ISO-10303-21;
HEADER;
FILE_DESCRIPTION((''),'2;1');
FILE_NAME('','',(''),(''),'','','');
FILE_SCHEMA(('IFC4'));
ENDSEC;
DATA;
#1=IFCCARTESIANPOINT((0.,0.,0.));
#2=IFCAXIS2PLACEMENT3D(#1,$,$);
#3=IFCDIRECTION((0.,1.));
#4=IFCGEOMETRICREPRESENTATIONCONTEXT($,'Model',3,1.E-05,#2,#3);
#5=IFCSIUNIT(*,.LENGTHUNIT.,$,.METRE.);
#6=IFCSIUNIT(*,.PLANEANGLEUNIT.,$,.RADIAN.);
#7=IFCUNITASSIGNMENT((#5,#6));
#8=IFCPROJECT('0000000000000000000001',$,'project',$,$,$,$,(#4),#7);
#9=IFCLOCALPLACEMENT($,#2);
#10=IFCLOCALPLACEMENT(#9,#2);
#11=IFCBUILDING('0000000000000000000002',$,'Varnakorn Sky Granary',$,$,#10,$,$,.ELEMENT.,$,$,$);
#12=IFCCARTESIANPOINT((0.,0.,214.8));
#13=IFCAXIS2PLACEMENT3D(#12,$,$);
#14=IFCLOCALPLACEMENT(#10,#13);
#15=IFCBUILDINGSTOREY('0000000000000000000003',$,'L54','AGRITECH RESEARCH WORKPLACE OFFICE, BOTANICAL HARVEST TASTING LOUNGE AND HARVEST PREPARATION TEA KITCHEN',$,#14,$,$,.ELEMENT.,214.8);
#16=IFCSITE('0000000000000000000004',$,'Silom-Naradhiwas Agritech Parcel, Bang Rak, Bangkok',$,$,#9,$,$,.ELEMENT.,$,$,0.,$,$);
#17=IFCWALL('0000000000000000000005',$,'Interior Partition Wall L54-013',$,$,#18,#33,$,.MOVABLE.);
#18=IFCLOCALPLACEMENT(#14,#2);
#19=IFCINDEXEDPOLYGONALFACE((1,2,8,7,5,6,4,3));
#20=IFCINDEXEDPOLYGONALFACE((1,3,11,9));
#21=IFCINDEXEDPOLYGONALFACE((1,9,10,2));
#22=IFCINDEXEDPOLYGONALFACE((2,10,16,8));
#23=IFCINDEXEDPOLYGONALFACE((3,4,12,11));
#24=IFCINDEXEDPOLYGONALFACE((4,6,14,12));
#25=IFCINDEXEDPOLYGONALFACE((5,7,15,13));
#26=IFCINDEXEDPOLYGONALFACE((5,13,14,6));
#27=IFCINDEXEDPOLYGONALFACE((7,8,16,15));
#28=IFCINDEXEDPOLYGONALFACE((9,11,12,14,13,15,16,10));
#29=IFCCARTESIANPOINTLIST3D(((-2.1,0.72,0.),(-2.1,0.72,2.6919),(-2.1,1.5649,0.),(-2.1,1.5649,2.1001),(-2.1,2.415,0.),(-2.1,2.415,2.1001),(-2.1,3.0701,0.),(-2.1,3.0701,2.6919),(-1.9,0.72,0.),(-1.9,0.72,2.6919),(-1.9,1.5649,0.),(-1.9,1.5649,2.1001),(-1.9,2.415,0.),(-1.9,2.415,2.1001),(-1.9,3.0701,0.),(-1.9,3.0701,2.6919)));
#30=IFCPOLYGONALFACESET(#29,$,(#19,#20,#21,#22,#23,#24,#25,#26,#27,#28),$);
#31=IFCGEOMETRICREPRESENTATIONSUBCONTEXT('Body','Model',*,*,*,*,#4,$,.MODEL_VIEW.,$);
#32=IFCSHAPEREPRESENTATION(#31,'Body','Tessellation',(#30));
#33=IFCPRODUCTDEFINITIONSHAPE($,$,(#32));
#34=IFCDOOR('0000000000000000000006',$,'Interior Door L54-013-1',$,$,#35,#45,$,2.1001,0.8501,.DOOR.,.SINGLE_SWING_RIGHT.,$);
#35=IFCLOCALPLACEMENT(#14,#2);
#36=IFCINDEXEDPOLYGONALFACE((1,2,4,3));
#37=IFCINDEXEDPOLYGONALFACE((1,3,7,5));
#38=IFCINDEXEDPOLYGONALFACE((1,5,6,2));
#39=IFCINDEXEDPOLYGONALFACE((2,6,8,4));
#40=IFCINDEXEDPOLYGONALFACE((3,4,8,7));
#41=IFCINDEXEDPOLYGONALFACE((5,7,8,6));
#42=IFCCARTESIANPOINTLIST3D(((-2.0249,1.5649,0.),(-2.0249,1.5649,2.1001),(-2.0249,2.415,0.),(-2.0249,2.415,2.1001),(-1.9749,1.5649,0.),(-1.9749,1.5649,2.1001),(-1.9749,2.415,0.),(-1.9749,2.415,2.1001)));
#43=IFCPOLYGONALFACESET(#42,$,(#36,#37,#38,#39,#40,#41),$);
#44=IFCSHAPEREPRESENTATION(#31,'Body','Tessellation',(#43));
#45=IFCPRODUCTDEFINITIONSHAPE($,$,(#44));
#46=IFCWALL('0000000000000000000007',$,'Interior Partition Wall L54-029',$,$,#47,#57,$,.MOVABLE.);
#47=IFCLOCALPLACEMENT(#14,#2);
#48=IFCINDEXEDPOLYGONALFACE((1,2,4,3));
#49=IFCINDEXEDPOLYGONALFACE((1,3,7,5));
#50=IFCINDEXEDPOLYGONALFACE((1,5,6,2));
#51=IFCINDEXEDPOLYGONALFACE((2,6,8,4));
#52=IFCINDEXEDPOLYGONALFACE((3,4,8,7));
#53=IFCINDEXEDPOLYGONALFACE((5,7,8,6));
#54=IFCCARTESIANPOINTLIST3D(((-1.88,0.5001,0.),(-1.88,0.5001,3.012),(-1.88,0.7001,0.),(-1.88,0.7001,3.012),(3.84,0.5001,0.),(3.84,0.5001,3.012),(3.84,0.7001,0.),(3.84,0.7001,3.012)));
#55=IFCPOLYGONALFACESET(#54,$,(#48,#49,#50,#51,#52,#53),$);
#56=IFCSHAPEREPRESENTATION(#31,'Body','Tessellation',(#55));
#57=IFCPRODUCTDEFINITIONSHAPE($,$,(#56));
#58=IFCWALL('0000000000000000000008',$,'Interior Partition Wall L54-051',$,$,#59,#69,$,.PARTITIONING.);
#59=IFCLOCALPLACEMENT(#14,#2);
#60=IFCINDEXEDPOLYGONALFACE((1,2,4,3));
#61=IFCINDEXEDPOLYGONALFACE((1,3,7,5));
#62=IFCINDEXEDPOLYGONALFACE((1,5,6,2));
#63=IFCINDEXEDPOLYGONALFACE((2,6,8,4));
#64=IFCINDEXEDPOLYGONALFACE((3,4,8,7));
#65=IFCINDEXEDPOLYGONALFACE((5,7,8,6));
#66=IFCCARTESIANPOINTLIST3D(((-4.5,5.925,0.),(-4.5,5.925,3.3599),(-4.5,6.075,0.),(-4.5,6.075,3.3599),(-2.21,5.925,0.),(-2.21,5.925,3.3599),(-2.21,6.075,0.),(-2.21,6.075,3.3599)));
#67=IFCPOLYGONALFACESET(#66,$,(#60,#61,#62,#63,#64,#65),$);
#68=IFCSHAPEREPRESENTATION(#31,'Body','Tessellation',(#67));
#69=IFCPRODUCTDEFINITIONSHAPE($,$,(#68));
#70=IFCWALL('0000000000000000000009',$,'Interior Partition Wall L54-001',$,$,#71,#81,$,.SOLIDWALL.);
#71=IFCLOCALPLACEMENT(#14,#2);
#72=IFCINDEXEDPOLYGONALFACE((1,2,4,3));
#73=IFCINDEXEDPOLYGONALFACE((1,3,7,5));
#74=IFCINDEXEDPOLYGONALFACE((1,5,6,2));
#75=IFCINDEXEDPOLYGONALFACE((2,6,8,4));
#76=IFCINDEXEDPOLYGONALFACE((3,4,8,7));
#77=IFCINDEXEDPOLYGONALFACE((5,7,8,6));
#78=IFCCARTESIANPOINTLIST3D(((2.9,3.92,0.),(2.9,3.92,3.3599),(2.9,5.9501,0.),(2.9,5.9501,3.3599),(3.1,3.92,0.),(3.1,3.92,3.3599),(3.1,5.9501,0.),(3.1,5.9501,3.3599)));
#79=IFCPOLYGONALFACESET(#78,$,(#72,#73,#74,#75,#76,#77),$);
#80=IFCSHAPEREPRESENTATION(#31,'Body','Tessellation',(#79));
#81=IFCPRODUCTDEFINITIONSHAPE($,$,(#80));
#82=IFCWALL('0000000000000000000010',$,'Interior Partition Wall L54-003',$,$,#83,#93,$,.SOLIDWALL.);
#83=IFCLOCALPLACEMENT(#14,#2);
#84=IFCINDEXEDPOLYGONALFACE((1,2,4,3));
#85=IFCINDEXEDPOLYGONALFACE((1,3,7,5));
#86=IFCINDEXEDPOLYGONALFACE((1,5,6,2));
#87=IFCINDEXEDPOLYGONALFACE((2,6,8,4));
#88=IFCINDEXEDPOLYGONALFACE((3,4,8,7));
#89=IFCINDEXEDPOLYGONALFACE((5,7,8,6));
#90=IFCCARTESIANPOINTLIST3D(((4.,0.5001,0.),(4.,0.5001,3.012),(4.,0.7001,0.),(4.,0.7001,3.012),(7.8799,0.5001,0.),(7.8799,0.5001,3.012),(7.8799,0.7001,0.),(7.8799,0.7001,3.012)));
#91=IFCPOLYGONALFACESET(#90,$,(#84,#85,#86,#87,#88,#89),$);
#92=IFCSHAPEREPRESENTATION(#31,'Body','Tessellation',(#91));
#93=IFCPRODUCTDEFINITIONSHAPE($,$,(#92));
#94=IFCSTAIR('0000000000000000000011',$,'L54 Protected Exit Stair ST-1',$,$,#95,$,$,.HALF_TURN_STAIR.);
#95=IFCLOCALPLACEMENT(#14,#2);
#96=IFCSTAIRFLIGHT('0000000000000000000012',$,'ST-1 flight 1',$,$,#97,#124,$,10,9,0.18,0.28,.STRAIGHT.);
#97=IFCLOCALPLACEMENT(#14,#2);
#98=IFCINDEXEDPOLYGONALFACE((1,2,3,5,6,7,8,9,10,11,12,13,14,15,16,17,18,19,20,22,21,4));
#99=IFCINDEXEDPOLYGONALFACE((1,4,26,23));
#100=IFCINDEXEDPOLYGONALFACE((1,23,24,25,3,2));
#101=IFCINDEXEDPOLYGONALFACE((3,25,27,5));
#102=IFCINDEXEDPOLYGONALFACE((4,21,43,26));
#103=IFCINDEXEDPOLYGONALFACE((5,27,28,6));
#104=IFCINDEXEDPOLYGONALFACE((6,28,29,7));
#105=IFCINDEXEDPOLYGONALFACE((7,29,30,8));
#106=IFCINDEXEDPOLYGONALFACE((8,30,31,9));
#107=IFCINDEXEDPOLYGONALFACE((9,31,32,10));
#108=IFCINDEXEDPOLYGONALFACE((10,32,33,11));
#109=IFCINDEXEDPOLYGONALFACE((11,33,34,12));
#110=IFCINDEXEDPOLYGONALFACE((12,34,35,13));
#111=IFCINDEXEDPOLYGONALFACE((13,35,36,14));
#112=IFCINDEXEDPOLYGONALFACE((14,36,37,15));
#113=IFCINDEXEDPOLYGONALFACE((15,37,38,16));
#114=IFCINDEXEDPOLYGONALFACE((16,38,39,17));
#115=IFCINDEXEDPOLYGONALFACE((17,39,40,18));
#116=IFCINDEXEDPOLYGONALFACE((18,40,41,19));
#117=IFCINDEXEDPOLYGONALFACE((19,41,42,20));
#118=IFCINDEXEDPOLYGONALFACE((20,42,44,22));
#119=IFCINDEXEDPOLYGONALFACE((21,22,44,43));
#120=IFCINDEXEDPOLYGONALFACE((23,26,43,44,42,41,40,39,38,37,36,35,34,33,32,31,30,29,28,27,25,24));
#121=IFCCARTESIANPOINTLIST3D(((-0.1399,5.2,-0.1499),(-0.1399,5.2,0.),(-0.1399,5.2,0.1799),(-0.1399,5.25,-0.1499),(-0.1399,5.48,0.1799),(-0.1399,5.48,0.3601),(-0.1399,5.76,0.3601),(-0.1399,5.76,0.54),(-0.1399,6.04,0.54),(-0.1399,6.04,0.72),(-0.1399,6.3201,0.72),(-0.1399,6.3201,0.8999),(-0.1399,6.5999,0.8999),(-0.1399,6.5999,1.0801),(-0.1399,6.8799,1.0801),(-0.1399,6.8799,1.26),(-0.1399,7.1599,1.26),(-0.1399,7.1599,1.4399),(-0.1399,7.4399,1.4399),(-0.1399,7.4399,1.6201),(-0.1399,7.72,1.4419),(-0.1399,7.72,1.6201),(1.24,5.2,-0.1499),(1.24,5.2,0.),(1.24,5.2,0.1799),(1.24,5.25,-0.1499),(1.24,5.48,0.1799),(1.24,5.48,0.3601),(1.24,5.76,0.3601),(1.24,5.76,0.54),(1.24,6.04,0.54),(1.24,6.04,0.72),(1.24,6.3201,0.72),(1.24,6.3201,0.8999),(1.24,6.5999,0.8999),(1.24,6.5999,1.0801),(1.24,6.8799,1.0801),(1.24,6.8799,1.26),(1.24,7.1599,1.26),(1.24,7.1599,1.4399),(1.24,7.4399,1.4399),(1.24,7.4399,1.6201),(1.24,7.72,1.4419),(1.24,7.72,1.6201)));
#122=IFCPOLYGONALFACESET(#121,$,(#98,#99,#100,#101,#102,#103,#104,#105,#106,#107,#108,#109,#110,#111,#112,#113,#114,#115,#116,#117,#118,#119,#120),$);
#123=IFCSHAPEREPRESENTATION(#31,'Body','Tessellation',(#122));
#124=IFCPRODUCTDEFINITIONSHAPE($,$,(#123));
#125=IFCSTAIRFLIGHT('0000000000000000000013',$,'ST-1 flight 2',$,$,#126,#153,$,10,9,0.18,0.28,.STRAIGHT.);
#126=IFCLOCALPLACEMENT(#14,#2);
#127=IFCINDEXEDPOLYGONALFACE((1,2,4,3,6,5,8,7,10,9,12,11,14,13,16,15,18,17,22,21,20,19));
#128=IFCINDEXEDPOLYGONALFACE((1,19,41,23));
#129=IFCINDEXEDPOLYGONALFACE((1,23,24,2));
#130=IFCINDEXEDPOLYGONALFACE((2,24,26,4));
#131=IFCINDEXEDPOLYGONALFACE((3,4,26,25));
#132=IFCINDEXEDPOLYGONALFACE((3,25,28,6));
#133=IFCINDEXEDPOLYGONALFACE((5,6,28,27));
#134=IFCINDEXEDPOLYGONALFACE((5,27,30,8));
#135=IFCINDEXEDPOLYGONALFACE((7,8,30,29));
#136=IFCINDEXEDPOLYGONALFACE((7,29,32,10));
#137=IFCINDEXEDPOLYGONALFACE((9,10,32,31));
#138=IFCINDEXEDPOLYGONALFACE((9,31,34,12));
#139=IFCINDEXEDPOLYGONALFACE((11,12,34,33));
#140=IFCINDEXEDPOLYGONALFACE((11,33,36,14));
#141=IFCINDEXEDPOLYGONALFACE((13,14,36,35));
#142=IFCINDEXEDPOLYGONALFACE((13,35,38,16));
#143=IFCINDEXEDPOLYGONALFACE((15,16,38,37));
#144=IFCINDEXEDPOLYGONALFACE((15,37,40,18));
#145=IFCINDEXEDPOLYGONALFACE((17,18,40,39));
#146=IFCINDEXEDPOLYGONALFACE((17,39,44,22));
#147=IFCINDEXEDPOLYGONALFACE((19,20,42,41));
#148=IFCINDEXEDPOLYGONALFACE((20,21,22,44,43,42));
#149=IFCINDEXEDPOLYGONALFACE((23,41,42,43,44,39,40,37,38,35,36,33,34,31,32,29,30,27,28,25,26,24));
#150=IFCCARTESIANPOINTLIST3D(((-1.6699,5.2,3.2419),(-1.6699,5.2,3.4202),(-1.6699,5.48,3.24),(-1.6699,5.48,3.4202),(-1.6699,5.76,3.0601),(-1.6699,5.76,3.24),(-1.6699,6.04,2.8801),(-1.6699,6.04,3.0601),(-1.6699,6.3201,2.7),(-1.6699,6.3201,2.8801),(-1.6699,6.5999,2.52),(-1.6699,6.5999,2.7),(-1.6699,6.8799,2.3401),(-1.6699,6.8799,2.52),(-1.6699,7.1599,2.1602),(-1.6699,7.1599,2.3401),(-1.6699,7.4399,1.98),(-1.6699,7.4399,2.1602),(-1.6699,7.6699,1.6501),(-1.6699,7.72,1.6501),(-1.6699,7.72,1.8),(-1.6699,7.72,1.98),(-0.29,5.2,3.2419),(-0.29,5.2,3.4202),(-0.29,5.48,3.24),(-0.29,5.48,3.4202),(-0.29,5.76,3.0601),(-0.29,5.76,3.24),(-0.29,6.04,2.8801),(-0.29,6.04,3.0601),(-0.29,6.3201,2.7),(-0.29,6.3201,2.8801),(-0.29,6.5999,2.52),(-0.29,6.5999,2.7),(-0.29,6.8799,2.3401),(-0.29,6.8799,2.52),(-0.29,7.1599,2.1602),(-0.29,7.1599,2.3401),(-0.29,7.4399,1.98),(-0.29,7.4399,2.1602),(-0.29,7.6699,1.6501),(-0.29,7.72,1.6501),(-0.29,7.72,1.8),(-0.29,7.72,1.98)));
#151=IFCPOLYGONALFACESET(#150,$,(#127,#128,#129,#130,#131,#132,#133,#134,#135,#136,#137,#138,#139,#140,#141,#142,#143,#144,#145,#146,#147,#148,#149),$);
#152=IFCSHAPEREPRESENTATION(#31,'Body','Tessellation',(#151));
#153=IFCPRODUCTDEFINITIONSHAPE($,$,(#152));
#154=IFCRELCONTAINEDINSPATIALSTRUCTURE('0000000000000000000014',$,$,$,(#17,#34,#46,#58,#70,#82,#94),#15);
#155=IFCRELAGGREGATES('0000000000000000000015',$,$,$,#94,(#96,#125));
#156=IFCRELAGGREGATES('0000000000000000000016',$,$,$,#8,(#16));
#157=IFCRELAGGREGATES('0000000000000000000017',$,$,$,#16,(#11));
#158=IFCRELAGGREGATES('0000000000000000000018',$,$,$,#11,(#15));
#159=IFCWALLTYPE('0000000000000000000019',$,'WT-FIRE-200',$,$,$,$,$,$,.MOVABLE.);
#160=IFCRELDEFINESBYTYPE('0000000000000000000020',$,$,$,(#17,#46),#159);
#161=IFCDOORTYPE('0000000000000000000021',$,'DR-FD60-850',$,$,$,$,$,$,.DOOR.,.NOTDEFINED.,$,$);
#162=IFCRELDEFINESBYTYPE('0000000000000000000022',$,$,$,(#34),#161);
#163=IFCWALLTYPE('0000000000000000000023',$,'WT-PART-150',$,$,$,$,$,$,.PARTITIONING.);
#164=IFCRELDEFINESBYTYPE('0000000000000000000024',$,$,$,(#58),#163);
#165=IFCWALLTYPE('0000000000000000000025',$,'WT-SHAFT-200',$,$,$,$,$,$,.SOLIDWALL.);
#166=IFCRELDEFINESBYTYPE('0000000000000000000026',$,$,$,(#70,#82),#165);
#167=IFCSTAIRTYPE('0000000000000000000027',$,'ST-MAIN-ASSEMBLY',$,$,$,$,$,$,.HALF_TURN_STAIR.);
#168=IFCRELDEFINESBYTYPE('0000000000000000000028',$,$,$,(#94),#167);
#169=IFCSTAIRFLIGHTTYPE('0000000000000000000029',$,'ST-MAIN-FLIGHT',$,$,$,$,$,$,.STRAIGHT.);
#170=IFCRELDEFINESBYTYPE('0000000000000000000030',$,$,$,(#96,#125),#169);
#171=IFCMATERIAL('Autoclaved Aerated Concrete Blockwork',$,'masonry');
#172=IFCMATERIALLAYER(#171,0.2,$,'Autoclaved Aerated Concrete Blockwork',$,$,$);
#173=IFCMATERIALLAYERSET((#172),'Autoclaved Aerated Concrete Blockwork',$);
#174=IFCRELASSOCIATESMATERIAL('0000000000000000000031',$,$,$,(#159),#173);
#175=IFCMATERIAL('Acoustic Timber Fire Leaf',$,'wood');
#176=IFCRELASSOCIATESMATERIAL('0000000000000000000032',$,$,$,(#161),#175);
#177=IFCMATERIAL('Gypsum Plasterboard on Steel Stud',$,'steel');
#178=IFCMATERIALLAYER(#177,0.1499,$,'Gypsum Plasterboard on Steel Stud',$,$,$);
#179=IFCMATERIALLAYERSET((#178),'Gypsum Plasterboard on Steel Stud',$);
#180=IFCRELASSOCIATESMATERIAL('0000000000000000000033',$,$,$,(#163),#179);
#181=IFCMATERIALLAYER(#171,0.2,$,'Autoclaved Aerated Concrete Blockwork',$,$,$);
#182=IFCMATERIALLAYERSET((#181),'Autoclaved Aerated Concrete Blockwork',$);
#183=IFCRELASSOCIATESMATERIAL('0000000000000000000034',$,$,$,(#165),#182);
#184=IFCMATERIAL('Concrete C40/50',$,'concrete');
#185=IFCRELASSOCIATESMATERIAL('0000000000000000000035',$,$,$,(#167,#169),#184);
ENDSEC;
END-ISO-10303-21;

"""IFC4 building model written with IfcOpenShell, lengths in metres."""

from ifc_helpers import new_model, si_unit, direction, frame, frame_2d, origin, place, context, subcontext, project, spatial, polyline, rectangle, outline, extrude, material, layer, layer_set, type_object, element, fill, aggregate, save


model = new_model("IFC4")

# Units and contexts
model_context = context("Model", 3, precision=1e-05, world=origin(), true_north=direction((0.0, 1.0)))
body_context = subcontext(model_context, "Body", "Model", "MODEL_VIEW")
ifc_project = project(units=[si_unit("LENGTHUNIT", "METRE"), si_unit("PLANEANGLEUNIT", "RADIAN")], contexts=[model_context])

# Site, building, storey
site_placement = place(None, origin())
site = spatial("IfcSite", under=ifc_project, at=site_placement, Name="Silom-Naradhiwas Agritech Parcel, Bang Rak, Bangkok", CompositionType="ELEMENT", RefElevation=0.0)
building_placement = place(site_placement, origin())
building = spatial("IfcBuilding", under=site, at=building_placement, Name="Varnakorn Sky Granary", CompositionType="ELEMENT")
storey_placement = place(building_placement, frame((0.0, 0.0, 214.8)))
storey = spatial("IfcBuildingStorey", under=building, at=storey_placement, Name="L54", Description="AGRITECH RESEARCH WORKPLACE OFFICE, BOTANICAL HARVEST TASTING LOUNGE AND HARVEST PREPARATION TEA KITCHEN", CompositionType="ELEMENT", Elevation=214.8)

# Shared definitions
ifc_material_1 = material(Name="Autoclaved Aerated Concrete Blockwork", Category="masonry")
ifc_layer_1 = layer(ifc_material_1, 0.2, Name="Autoclaved Aerated Concrete Blockwork")
ifc_layer_set_1 = layer_set([ifc_layer_1], Name="Autoclaved Aerated Concrete Blockwork")
wall_type_1 = type_object("IfcWallType", Name="WT-FIRE-200", PredefinedType="MOVABLE", material=ifc_layer_set_1)
ifc_material_2 = material(Name="Acoustic Timber Fire Leaf", Category="wood")
door_type_1 = type_object("IfcDoorType", Name="DR-FD60-850", OperationType="NOTDEFINED", PredefinedType="DOOR", material=ifc_material_2)

# Wall, opening, door
wall_1_placement = place(storey_placement, frame((-2.0, 0.72, 0.0), z_axis=(0.0, 0.0, 1.0), x_axis=(0.0, 1.0, 0.0)))
wall_1 = element("IfcWall", 1, at=wall_1_placement, inside=storey, type_object=wall_type_1, Name="Interior Partition Wall L54-013", PredefinedType="MOVABLE", context=body_context, shape_type="SweptSolid", body=[
    extrude(rectangle(XDim=2.3501, YDim=0.2, at=frame_2d((1.175, 0.0))), origin(), (0.0, 0.0, 1.0), 2.6919),
])
opening_1_placement = place(wall_1_placement, frame((0.845, 0.0, 0.0)))
opening_1 = element("IfcOpeningElement", 2, at=opening_1_placement, cuts=wall_1, PredefinedType="OPENING", context=body_context, shape_type="SweptSolid", body=[
    extrude(rectangle(XDim=0.8501, YDim=2.1001, at=frame_2d((0.425, 1.05))), frame((0.0, 0.1099, 0.0), z_axis=(0.0, -1.0, 0.0), x_axis=(1.0, 0.0, 0.0)), (0.0, 0.0, 1.0), 0.22),
])
door_1_placement = place(opening_1_placement, origin())
door_1 = element("IfcDoor", 3, at=door_1_placement, inside=storey, type_object=door_type_1, Name="Interior Door L54-013-1", OperationType="SINGLE_SWING_RIGHT", OverallHeight=2.1001, OverallWidth=0.8501, PredefinedType="DOOR", context=body_context, shape_type="SweptSolid", body=[
    extrude(rectangle(XDim=0.8501, YDim=2.1001, at=frame_2d((0.425, 1.05))), frame((0.0, 0.0249, 0.0), z_axis=(0.0, -1.0, 0.0), x_axis=(1.0, 0.0, 0.0)), (0.0, 0.0, 1.0), 0.05),
])
fill(opening_1, door_1)

# Walls
wall_2_placement = place(storey_placement, frame((-1.8799, 0.6001, 0.0), z_axis=(0.0, 0.0, 1.0), x_axis=(1.0, 0.0, 0.0)))
element("IfcWall", 4, at=wall_2_placement, inside=storey, type_object=wall_type_1, Name="Interior Partition Wall L54-029", PredefinedType="MOVABLE", context=body_context, shape_type="SweptSolid", body=[
    extrude(rectangle(XDim=5.72, YDim=0.2, at=frame_2d((2.8599, 0.0))), origin(), (0.0, 0.0, 1.0), 3.012),
])
ifc_material_3 = material(Name="Gypsum Plasterboard on Steel Stud", Category="steel")
ifc_layer_2 = layer(ifc_material_3, 0.1499, Name="Gypsum Plasterboard on Steel Stud")
ifc_layer_set_2 = layer_set([ifc_layer_2], Name="Gypsum Plasterboard on Steel Stud")
wall_type_2 = type_object("IfcWallType", Name="WT-PART-150", PredefinedType="PARTITIONING", material=ifc_layer_set_2)
wall_3_placement = place(storey_placement, frame((-2.21, 6.0, 0.0), z_axis=(0.0, 0.0, 1.0), x_axis=(-1.0, 0.0, 0.0)))
element("IfcWall", 5, at=wall_3_placement, inside=storey, type_object=wall_type_2, Name="Interior Partition Wall L54-051", PredefinedType="PARTITIONING", context=body_context, shape_type="SweptSolid", body=[
    extrude(rectangle(XDim=2.29, YDim=0.1499, at=frame_2d((1.145, 0.0))), origin(), (0.0, 0.0, 1.0), 3.3599),
])
ifc_layer_3 = layer(ifc_material_1, 0.2, Name="Autoclaved Aerated Concrete Blockwork")
ifc_layer_set_3 = layer_set([ifc_layer_3], Name="Autoclaved Aerated Concrete Blockwork")
wall_type_3 = type_object("IfcWallType", Name="WT-SHAFT-200", PredefinedType="SOLIDWALL", material=ifc_layer_set_3)
wall_4_placement = place(storey_placement, frame((3.0, 3.9199, 0.0), z_axis=(0.0, 0.0, 1.0), x_axis=(0.0, 1.0, 0.0)))
element("IfcWall", 6, at=wall_4_placement, inside=storey, type_object=wall_type_3, Name="Interior Partition Wall L54-001", PredefinedType="SOLIDWALL", context=body_context, shape_type="SweptSolid", body=[
    extrude(rectangle(XDim=2.03, YDim=0.2, at=frame_2d((1.0151, 0.0))), origin(), (0.0, 0.0, 1.0), 3.3599),
])
wall_5_placement = place(storey_placement, frame((4.0, 0.6001, 0.0), z_axis=(0.0, 0.0, 1.0), x_axis=(1.0, 0.0, 0.0)))
element("IfcWall", 7, at=wall_5_placement, inside=storey, type_object=wall_type_3, Name="Interior Partition Wall L54-003", PredefinedType="SOLIDWALL", context=body_context, shape_type="SweptSolid", body=[
    extrude(rectangle(XDim=3.8799, YDim=0.2, at=frame_2d((1.9399, 0.0))), origin(), (0.0, 0.0, 1.0), 3.012),
])

# Stair, stair flights
ifc_material_4 = material(Name="Concrete C40/50", Category="concrete")
stair_type = type_object("IfcStairType", Name="ST-MAIN-ASSEMBLY", PredefinedType="HALF_TURN_STAIR", material=ifc_material_4)
stair_placement = place(storey_placement, origin())
stair = element("IfcStair", 8, at=stair_placement, inside=storey, type_object=stair_type, Name="L54 Protected Exit Stair ST-1", PredefinedType="HALF_TURN_STAIR")
stair_flight_type = type_object("IfcStairFlightType", Name="ST-MAIN-FLIGHT", PredefinedType="STRAIGHT", material=ifc_material_4)
stair_flight_1_placement = place(storey_placement, frame((0.55, 5.2, 0.0), z_axis=(0.0, 0.0, 1.0), x_axis=(0.0, 1.0, 0.0)))
stair_flight_1 = element("IfcStairFlight", 9, at=stair_flight_1_placement, type_object=stair_flight_type, Name="ST-1 flight 1", NumberOfRisers=10, NumberOfTreads=9, PredefinedType="STRAIGHT", RiserHeight=0.18, TreadLength=0.28, context=body_context, shape_type="SweptSolid", body=[
    extrude(outline(polyline([(0.0, -0.1499), (0.0, 0.0), (0.0, 0.1799), (0.28, 0.1799), (0.28, 0.3601), (0.5601, 0.3601), (0.5601, 0.54), (0.8401, 0.54), (0.8401, 0.72), (1.1201, 0.72), (1.1201, 0.8999), (1.3999, 0.8999), (1.3999, 1.0801), (1.6799, 1.0801), (1.6799, 1.26), (1.96, 1.26), (1.96, 1.4399), (2.24, 1.4399), (2.24, 1.6201), (2.52, 1.6201), (2.52, 1.8), (2.52, 1.4419), (0.05, -0.1499), (0.0, -0.1499)])), frame((0.0, 0.6899, 0.0), z_axis=(0.0, -1.0, 0.0), x_axis=(1.0, 0.0, 0.0)), (0.0, 0.0, 1.0), 1.3799),
])
stair_flight_2_placement = place(storey_placement, frame((-0.98, 7.72, 1.8), z_axis=(0.0, 0.0, 1.0), x_axis=(0.0, -1.0, 0.0)))
stair_flight_2 = element("IfcStairFlight", 10, at=stair_flight_2_placement, type_object=stair_flight_type, Name="ST-1 flight 2", NumberOfRisers=10, NumberOfTreads=9, PredefinedType="STRAIGHT", RiserHeight=0.18, TreadLength=0.28, context=body_context, shape_type="SweptSolid", body=[
    extrude(outline(polyline([(0.0, -0.1499), (0.0, 0.0), (0.0, 0.1799), (0.28, 0.1799), (0.28, 0.3601), (0.5601, 0.3601), (0.5601, 0.54), (0.8401, 0.54), (0.8401, 0.72), (1.1201, 0.72), (1.1201, 0.8999), (1.3999, 0.8999), (1.3999, 1.0801), (1.6799, 1.0801), (1.6799, 1.26), (1.96, 1.26), (1.96, 1.4399), (2.24, 1.4399), (2.24, 1.6201), (2.52, 1.6201), (2.52, 1.8), (2.52, 1.4419), (0.05, -0.1499), (0.0, -0.1499)])), frame((0.0, 0.6899, 0.0), z_axis=(0.0, -1.0, 0.0), x_axis=(1.0, 0.0, 0.0)), (0.0, 0.0, 1.0), 1.3799),
])
aggregate(stair, [stair_flight_1, stair_flight_2])

save(model, "model.ifc")
